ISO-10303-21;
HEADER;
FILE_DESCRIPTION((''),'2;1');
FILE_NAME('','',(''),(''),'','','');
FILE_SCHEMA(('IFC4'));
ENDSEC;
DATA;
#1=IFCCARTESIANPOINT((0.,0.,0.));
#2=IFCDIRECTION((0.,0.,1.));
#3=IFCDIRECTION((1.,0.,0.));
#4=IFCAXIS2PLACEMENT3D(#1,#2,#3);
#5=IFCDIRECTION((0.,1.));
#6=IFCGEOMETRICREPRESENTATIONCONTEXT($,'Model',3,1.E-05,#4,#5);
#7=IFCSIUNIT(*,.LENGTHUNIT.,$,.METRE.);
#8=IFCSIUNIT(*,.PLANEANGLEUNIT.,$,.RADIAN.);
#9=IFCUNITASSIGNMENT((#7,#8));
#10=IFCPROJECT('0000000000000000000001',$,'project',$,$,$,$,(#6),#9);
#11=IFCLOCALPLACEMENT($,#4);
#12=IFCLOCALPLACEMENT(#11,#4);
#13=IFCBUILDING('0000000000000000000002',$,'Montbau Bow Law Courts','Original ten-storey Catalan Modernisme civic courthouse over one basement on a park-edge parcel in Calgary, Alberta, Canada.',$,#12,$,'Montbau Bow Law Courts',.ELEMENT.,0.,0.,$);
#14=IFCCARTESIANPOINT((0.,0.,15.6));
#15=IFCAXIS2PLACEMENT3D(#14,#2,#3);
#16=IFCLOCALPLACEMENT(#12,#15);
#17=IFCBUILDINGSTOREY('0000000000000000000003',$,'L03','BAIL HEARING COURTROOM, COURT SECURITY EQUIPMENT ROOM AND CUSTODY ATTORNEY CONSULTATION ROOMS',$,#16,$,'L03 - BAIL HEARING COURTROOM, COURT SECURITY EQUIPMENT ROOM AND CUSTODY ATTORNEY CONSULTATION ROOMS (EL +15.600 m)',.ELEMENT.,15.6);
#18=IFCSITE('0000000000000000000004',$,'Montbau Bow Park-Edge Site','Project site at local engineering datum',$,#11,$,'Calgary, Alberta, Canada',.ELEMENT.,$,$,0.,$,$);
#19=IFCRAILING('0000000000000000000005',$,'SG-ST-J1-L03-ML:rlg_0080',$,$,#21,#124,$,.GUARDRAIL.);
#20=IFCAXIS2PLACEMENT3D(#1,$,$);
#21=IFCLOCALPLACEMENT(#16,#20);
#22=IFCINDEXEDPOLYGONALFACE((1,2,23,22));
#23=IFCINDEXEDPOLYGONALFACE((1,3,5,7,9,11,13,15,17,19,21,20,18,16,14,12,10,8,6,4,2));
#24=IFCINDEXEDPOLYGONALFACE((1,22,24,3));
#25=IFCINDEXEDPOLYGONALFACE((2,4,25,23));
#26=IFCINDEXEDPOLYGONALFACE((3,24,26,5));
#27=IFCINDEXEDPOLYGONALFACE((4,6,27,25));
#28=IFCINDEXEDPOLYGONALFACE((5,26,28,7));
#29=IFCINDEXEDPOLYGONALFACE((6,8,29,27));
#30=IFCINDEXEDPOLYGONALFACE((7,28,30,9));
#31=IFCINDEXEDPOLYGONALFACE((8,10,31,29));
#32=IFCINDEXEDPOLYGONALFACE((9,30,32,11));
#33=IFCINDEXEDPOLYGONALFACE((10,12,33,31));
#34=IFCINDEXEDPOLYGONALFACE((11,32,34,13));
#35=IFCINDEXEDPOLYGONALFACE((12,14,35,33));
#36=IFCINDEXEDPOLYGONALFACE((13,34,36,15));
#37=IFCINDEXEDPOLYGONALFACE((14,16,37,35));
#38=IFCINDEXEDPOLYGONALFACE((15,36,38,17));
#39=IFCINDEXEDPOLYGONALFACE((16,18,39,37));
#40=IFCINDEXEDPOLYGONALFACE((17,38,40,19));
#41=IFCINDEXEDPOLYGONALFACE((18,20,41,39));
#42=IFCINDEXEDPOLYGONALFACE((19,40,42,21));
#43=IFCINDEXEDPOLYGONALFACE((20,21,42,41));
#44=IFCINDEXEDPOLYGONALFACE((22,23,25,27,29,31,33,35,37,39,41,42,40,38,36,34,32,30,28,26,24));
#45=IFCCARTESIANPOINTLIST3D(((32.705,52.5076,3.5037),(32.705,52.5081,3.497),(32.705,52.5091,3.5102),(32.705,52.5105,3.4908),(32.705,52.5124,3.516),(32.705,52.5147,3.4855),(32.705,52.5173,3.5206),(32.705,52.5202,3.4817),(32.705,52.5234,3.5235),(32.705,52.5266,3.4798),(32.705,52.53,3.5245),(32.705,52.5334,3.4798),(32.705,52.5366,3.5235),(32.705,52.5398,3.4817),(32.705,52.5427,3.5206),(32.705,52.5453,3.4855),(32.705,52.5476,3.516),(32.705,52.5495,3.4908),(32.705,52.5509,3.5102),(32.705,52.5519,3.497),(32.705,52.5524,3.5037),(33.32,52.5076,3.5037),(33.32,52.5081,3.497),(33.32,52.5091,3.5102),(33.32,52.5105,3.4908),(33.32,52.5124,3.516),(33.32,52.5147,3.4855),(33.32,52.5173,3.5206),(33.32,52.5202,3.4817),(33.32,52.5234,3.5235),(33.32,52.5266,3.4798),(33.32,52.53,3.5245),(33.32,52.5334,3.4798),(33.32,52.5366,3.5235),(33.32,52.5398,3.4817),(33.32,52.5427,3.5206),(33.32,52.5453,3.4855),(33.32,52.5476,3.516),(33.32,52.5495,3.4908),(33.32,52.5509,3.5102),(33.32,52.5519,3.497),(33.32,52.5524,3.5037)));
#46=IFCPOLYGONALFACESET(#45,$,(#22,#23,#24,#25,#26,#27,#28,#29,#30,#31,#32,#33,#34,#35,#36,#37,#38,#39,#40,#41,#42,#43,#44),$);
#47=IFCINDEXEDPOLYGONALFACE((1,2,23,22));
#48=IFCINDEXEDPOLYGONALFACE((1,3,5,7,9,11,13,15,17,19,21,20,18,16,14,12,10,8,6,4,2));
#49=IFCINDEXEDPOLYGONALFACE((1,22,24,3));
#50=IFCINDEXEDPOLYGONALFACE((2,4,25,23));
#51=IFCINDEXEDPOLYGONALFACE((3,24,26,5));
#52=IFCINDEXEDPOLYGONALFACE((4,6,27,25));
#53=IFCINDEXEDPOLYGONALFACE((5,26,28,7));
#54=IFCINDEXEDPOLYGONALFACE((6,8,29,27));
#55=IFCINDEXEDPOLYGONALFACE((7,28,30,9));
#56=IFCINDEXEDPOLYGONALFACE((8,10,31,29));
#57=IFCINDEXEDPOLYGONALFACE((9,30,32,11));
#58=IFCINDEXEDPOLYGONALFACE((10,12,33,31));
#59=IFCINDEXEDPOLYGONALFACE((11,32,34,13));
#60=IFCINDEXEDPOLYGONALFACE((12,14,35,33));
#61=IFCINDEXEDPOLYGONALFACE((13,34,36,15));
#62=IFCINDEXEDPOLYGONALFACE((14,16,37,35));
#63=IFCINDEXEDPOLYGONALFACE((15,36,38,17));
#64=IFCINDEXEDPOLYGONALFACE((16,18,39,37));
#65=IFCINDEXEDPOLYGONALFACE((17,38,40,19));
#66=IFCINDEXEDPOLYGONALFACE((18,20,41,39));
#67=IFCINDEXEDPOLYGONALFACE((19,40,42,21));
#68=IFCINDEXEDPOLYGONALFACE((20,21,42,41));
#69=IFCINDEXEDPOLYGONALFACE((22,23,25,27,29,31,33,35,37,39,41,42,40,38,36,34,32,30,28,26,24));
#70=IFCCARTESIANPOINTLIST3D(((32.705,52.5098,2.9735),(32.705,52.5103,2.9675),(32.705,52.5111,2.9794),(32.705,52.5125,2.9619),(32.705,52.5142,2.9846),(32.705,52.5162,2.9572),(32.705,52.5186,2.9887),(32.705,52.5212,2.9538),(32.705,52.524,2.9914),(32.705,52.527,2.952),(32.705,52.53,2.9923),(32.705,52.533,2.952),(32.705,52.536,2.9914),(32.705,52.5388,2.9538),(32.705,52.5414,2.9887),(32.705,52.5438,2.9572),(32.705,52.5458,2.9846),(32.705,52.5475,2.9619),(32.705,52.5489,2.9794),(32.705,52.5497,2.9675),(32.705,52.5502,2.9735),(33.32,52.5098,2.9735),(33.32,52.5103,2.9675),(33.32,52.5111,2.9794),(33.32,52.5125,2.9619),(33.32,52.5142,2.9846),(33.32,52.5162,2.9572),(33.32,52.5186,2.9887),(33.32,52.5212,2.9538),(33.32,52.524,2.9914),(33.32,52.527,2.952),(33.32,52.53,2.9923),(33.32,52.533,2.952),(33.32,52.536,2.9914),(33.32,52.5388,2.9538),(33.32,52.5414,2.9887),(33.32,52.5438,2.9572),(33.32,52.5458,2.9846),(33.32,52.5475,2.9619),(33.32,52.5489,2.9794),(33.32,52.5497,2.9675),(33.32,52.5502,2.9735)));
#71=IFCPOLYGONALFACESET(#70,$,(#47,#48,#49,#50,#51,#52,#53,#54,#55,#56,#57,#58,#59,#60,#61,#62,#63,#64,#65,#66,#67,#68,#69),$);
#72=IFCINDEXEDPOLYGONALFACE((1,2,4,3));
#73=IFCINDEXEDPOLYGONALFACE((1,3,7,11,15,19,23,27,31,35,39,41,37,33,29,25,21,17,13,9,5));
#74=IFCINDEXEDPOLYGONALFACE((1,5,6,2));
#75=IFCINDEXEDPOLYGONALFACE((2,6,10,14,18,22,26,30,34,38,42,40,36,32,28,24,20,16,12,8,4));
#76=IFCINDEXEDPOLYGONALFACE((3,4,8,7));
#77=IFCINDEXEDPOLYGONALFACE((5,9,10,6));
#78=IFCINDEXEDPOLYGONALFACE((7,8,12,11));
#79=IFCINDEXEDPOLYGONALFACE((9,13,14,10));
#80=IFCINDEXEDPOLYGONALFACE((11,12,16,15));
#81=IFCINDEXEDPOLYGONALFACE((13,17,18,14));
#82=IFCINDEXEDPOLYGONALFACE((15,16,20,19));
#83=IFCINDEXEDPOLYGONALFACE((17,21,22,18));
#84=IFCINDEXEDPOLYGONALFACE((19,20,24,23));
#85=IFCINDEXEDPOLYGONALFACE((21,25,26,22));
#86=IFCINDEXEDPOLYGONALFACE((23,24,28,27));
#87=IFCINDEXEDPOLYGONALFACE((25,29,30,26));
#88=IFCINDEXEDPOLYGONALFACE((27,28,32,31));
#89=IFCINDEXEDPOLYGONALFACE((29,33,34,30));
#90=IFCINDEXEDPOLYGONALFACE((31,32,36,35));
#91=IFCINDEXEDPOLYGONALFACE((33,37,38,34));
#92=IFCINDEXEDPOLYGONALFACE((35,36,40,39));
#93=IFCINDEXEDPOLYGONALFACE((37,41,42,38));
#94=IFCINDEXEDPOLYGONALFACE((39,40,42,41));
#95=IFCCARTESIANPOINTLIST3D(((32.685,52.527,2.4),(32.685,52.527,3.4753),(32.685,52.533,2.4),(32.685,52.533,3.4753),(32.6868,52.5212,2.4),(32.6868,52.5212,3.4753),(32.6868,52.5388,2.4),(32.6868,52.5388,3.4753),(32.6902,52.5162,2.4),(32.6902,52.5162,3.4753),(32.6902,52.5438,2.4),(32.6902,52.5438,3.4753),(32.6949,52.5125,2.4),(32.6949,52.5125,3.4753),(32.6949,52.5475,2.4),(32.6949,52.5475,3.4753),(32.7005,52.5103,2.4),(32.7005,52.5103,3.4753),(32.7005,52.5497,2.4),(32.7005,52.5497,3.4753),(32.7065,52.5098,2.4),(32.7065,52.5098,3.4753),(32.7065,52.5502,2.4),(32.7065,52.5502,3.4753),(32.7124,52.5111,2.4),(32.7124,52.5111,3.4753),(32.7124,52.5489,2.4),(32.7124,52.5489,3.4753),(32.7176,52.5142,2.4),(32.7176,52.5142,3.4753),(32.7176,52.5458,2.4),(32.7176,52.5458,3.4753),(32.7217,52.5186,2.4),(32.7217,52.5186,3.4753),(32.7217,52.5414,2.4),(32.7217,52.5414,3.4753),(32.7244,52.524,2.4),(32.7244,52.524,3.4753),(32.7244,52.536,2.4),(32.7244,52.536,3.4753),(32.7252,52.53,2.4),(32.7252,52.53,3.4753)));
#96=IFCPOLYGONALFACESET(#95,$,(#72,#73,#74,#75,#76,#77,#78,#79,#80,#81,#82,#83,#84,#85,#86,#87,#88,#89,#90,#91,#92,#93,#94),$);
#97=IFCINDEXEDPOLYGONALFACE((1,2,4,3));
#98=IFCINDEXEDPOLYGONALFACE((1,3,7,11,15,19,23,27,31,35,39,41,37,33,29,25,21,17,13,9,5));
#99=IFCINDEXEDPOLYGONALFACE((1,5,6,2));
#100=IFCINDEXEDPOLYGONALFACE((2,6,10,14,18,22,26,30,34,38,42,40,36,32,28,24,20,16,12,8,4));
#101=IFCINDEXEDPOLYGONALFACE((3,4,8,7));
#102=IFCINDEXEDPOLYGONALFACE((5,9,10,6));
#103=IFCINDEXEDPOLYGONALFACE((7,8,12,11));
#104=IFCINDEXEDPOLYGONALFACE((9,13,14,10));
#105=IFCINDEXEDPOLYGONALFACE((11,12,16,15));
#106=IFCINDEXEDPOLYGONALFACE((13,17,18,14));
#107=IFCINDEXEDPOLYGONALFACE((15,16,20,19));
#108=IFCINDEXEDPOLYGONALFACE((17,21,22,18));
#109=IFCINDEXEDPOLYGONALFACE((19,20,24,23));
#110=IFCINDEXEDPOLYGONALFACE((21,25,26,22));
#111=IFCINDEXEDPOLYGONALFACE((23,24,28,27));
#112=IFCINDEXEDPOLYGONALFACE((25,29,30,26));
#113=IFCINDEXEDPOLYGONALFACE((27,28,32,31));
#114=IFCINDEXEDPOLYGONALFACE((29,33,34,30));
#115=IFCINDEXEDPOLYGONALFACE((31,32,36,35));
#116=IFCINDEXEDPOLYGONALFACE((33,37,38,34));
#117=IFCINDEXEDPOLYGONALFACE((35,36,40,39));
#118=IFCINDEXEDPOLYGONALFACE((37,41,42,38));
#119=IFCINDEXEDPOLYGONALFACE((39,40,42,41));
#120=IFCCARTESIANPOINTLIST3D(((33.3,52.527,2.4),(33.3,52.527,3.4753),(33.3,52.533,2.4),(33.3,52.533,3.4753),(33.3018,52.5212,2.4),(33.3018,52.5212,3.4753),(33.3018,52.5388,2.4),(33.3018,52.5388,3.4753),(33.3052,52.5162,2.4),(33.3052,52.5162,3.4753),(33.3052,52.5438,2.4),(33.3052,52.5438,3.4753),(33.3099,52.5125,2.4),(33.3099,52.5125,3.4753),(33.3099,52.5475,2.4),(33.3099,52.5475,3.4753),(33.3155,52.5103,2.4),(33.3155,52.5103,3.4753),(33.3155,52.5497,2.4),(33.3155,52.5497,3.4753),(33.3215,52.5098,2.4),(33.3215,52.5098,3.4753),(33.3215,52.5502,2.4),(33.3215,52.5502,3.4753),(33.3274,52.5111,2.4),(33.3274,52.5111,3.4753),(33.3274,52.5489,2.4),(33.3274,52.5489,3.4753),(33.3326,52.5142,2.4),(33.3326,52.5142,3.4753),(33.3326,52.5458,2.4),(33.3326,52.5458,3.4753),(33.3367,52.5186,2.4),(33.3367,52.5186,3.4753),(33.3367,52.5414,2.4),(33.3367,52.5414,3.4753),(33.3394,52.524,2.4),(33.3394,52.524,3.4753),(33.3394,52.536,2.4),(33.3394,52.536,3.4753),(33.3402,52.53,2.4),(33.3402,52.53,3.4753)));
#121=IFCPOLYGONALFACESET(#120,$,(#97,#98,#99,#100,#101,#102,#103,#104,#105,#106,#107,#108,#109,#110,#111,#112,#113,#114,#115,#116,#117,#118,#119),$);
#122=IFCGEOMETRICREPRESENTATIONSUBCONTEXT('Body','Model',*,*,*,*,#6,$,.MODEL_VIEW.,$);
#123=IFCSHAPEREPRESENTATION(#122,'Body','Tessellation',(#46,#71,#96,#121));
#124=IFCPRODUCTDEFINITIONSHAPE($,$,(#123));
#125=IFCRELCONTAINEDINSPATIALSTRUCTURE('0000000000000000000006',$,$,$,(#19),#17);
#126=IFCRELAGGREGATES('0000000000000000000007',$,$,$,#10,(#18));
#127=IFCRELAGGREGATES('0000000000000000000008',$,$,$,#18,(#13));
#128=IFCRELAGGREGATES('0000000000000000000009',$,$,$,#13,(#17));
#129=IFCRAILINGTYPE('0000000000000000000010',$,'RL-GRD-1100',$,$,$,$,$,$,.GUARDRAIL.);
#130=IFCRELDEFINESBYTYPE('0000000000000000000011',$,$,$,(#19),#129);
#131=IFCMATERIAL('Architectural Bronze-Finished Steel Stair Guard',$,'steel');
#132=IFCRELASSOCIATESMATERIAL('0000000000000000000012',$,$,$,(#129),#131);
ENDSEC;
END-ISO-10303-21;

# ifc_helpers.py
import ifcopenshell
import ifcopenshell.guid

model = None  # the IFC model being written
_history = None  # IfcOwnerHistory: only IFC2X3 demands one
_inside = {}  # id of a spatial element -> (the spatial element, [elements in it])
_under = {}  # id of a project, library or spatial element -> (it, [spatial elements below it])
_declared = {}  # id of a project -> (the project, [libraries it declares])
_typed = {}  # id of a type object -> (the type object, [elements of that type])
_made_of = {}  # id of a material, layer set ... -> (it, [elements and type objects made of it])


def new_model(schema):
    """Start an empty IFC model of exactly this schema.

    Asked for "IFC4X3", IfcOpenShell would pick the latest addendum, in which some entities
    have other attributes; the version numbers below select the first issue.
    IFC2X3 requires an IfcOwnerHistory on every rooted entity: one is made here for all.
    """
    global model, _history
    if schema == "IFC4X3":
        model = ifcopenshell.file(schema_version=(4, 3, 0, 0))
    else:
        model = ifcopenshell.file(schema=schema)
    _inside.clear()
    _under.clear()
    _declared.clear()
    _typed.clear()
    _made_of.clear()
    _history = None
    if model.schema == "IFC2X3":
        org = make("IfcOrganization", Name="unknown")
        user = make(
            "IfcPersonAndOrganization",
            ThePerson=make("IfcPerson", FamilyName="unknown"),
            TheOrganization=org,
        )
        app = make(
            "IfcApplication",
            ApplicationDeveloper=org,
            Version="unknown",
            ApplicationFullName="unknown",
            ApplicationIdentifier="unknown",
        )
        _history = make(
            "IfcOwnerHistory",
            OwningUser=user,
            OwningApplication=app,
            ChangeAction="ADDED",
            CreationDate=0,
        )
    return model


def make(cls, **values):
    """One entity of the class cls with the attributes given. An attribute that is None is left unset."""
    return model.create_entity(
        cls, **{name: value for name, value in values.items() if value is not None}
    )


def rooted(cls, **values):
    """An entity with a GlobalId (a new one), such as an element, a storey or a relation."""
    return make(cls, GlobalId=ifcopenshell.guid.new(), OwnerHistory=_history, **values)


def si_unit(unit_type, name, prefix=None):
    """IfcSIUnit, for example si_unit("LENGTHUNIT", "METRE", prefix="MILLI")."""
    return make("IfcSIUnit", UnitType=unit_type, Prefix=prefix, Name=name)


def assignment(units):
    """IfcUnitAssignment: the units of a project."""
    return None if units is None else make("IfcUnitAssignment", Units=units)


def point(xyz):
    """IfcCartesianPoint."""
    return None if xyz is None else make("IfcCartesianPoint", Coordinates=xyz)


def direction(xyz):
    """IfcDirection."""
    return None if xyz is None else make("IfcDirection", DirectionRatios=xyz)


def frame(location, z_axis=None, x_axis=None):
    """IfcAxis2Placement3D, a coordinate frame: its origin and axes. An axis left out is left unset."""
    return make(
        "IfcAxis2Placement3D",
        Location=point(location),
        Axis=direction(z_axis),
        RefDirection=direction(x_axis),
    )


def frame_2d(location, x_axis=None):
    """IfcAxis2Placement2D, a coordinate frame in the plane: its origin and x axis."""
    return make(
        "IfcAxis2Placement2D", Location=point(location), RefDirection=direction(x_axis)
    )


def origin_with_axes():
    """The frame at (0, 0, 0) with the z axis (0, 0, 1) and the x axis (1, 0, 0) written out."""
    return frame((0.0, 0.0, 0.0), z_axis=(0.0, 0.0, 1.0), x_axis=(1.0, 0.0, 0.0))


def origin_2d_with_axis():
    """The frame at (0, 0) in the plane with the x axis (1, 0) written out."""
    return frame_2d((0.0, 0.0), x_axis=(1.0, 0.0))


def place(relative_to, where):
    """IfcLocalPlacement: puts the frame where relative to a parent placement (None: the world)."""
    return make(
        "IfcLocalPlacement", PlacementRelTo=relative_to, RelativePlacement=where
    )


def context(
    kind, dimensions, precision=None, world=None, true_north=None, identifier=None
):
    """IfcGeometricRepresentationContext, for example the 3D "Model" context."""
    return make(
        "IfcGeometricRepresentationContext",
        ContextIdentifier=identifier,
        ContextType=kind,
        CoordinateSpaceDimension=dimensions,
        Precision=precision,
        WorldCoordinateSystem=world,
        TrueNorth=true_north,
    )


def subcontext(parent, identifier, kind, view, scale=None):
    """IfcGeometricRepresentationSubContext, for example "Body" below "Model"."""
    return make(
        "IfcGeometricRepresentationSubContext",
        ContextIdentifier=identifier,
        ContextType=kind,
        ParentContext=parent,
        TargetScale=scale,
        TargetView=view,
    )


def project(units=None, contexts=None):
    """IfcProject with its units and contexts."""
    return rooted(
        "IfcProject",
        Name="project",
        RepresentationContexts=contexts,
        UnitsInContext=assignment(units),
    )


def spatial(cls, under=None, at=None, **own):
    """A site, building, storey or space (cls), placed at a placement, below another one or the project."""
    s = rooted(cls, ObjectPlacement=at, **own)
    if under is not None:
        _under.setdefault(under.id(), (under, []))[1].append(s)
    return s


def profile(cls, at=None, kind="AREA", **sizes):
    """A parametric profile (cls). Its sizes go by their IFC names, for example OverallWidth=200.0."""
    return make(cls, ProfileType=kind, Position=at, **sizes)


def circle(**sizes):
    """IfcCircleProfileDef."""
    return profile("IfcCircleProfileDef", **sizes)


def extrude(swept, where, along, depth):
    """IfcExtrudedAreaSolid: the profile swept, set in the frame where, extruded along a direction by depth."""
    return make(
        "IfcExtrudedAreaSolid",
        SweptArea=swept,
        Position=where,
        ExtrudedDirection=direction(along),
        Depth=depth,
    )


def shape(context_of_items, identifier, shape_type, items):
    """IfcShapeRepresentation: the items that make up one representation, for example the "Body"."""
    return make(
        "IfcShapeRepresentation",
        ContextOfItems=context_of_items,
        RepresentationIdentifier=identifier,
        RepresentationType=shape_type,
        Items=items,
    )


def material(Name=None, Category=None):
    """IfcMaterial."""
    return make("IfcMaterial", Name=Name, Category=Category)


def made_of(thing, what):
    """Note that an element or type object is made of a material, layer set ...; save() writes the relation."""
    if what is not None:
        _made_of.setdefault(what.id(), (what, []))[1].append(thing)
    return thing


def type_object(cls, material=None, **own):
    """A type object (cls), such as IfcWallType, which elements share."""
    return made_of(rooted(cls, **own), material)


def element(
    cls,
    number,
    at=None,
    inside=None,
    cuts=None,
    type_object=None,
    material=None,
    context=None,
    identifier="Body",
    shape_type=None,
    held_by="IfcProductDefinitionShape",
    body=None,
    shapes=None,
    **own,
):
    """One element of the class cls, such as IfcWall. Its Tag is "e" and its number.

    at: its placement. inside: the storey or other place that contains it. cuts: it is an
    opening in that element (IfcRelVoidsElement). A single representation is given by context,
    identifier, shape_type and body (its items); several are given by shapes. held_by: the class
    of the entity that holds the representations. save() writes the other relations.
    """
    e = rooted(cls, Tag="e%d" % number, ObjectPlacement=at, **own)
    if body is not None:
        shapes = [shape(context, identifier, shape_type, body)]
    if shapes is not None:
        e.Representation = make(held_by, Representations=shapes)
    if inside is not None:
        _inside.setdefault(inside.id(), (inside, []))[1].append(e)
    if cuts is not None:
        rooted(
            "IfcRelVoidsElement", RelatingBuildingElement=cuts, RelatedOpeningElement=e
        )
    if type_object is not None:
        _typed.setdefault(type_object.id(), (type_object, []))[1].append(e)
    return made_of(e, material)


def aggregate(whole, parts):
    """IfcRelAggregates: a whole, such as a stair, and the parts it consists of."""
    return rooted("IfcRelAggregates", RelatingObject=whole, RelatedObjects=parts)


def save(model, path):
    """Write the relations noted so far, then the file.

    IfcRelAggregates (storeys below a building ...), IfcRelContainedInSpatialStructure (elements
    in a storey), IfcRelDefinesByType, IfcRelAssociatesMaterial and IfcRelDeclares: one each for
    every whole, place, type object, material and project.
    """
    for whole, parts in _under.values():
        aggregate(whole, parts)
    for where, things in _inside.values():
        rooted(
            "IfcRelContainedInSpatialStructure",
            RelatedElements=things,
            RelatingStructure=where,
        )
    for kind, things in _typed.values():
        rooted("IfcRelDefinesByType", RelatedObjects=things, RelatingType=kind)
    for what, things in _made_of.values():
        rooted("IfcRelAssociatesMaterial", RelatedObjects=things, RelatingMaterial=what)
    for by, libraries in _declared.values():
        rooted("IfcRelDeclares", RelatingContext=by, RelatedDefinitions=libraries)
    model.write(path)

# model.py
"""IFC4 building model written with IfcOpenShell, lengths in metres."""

from ifc_helpers import new_model, si_unit, direction, frame, origin_with_axes, origin_2d_with_axis, place, context, subcontext, project, spatial, circle, extrude, material, type_object, element, save


model = new_model("IFC4")

# Units and contexts
model_context = context("Model", 3, precision=1e-05, world=origin_with_axes(), true_north=direction((0.0, 1.0)))
body_context = subcontext(model_context, "Body", "Model", "MODEL_VIEW")
ifc_project = project(units=[si_unit("LENGTHUNIT", "METRE"), si_unit("PLANEANGLEUNIT", "RADIAN")], contexts=[model_context])

# Site, building, storey
site_placement = place(None, origin_with_axes())
site = spatial("IfcSite", under=ifc_project, at=site_placement, Name="Montbau Bow Park-Edge Site", Description="Project site at local engineering datum", LongName="Calgary, Alberta, Canada", CompositionType="ELEMENT", RefElevation=0.0)
building_placement = place(site_placement, origin_with_axes())
building = spatial("IfcBuilding", under=site, at=building_placement, Name="Montbau Bow Law Courts", Description="Original ten-storey Catalan Modernisme civic courthouse over one basement on a park-edge parcel in Calgary, Alberta, Canada.", LongName="Montbau Bow Law Courts", CompositionType="ELEMENT", ElevationOfRefHeight=0.0, ElevationOfTerrain=0.0)
storey_placement = place(building_placement, frame((0.0, 0.0, 15.6), z_axis=(0.0, 0.0, 1.0), x_axis=(1.0, 0.0, 0.0)))
storey = spatial("IfcBuildingStorey", under=building, at=storey_placement, Name="L03", Description="BAIL HEARING COURTROOM, COURT SECURITY EQUIPMENT ROOM AND CUSTODY ATTORNEY CONSULTATION ROOMS", LongName="L03 - BAIL HEARING COURTROOM, COURT SECURITY EQUIPMENT ROOM AND CUSTODY ATTORNEY CONSULTATION ROOMS (EL +15.600 m)", CompositionType="ELEMENT", Elevation=15.6)

# Railing
ifc_material_1 = material(Name="Architectural Bronze-Finished Steel Stair Guard", Category="steel")
railing_type_1 = type_object("IfcRailingType", Name="RL-GRD-1100", PredefinedType="GUARDRAIL", material=ifc_material_1)
railing_1_placement = place(None, origin_with_axes())
element("IfcRailing", 1, at=railing_1_placement, inside=storey, type_object=railing_type_1, Name="SG-ST-J1-L03-ML:rlg_0080", PredefinedType="GUARDRAIL", context=body_context, shape_type="SweptSolid", body=[
    extrude(circle(Radius=0.0225, at=origin_2d_with_axis()), frame((32.705, 52.53, 19.102), z_axis=(1.0, 0.0, 0.0), x_axis=(0.0, 0.0, 1.0)), (0.0, 0.0, 1.0), 0.615),
    extrude(circle(Radius=0.0203, at=origin_2d_with_axis()), frame((32.705, 52.53, 18.572), z_axis=(1.0, 0.0, 0.0), x_axis=(0.0, 0.0, 1.0)), (0.0, 0.0, 1.0), 0.615),
    extrude(circle(Radius=0.0203, at=origin_2d_with_axis()), frame((32.705, 52.53, 18.0), z_axis=(0.0, 0.0, 1.0), x_axis=(1.0, 0.0, 0.0)), (0.0, 0.0, 1.0), 1.0753),
    extrude(circle(Radius=0.0203, at=origin_2d_with_axis()), frame((33.32, 52.53, 18.0), z_axis=(0.0, 0.0, 1.0), x_axis=(1.0, 0.0, 0.0)), (0.0, 0.0, 1.0), 1.0753),
])

save(model, "model.ifc")
